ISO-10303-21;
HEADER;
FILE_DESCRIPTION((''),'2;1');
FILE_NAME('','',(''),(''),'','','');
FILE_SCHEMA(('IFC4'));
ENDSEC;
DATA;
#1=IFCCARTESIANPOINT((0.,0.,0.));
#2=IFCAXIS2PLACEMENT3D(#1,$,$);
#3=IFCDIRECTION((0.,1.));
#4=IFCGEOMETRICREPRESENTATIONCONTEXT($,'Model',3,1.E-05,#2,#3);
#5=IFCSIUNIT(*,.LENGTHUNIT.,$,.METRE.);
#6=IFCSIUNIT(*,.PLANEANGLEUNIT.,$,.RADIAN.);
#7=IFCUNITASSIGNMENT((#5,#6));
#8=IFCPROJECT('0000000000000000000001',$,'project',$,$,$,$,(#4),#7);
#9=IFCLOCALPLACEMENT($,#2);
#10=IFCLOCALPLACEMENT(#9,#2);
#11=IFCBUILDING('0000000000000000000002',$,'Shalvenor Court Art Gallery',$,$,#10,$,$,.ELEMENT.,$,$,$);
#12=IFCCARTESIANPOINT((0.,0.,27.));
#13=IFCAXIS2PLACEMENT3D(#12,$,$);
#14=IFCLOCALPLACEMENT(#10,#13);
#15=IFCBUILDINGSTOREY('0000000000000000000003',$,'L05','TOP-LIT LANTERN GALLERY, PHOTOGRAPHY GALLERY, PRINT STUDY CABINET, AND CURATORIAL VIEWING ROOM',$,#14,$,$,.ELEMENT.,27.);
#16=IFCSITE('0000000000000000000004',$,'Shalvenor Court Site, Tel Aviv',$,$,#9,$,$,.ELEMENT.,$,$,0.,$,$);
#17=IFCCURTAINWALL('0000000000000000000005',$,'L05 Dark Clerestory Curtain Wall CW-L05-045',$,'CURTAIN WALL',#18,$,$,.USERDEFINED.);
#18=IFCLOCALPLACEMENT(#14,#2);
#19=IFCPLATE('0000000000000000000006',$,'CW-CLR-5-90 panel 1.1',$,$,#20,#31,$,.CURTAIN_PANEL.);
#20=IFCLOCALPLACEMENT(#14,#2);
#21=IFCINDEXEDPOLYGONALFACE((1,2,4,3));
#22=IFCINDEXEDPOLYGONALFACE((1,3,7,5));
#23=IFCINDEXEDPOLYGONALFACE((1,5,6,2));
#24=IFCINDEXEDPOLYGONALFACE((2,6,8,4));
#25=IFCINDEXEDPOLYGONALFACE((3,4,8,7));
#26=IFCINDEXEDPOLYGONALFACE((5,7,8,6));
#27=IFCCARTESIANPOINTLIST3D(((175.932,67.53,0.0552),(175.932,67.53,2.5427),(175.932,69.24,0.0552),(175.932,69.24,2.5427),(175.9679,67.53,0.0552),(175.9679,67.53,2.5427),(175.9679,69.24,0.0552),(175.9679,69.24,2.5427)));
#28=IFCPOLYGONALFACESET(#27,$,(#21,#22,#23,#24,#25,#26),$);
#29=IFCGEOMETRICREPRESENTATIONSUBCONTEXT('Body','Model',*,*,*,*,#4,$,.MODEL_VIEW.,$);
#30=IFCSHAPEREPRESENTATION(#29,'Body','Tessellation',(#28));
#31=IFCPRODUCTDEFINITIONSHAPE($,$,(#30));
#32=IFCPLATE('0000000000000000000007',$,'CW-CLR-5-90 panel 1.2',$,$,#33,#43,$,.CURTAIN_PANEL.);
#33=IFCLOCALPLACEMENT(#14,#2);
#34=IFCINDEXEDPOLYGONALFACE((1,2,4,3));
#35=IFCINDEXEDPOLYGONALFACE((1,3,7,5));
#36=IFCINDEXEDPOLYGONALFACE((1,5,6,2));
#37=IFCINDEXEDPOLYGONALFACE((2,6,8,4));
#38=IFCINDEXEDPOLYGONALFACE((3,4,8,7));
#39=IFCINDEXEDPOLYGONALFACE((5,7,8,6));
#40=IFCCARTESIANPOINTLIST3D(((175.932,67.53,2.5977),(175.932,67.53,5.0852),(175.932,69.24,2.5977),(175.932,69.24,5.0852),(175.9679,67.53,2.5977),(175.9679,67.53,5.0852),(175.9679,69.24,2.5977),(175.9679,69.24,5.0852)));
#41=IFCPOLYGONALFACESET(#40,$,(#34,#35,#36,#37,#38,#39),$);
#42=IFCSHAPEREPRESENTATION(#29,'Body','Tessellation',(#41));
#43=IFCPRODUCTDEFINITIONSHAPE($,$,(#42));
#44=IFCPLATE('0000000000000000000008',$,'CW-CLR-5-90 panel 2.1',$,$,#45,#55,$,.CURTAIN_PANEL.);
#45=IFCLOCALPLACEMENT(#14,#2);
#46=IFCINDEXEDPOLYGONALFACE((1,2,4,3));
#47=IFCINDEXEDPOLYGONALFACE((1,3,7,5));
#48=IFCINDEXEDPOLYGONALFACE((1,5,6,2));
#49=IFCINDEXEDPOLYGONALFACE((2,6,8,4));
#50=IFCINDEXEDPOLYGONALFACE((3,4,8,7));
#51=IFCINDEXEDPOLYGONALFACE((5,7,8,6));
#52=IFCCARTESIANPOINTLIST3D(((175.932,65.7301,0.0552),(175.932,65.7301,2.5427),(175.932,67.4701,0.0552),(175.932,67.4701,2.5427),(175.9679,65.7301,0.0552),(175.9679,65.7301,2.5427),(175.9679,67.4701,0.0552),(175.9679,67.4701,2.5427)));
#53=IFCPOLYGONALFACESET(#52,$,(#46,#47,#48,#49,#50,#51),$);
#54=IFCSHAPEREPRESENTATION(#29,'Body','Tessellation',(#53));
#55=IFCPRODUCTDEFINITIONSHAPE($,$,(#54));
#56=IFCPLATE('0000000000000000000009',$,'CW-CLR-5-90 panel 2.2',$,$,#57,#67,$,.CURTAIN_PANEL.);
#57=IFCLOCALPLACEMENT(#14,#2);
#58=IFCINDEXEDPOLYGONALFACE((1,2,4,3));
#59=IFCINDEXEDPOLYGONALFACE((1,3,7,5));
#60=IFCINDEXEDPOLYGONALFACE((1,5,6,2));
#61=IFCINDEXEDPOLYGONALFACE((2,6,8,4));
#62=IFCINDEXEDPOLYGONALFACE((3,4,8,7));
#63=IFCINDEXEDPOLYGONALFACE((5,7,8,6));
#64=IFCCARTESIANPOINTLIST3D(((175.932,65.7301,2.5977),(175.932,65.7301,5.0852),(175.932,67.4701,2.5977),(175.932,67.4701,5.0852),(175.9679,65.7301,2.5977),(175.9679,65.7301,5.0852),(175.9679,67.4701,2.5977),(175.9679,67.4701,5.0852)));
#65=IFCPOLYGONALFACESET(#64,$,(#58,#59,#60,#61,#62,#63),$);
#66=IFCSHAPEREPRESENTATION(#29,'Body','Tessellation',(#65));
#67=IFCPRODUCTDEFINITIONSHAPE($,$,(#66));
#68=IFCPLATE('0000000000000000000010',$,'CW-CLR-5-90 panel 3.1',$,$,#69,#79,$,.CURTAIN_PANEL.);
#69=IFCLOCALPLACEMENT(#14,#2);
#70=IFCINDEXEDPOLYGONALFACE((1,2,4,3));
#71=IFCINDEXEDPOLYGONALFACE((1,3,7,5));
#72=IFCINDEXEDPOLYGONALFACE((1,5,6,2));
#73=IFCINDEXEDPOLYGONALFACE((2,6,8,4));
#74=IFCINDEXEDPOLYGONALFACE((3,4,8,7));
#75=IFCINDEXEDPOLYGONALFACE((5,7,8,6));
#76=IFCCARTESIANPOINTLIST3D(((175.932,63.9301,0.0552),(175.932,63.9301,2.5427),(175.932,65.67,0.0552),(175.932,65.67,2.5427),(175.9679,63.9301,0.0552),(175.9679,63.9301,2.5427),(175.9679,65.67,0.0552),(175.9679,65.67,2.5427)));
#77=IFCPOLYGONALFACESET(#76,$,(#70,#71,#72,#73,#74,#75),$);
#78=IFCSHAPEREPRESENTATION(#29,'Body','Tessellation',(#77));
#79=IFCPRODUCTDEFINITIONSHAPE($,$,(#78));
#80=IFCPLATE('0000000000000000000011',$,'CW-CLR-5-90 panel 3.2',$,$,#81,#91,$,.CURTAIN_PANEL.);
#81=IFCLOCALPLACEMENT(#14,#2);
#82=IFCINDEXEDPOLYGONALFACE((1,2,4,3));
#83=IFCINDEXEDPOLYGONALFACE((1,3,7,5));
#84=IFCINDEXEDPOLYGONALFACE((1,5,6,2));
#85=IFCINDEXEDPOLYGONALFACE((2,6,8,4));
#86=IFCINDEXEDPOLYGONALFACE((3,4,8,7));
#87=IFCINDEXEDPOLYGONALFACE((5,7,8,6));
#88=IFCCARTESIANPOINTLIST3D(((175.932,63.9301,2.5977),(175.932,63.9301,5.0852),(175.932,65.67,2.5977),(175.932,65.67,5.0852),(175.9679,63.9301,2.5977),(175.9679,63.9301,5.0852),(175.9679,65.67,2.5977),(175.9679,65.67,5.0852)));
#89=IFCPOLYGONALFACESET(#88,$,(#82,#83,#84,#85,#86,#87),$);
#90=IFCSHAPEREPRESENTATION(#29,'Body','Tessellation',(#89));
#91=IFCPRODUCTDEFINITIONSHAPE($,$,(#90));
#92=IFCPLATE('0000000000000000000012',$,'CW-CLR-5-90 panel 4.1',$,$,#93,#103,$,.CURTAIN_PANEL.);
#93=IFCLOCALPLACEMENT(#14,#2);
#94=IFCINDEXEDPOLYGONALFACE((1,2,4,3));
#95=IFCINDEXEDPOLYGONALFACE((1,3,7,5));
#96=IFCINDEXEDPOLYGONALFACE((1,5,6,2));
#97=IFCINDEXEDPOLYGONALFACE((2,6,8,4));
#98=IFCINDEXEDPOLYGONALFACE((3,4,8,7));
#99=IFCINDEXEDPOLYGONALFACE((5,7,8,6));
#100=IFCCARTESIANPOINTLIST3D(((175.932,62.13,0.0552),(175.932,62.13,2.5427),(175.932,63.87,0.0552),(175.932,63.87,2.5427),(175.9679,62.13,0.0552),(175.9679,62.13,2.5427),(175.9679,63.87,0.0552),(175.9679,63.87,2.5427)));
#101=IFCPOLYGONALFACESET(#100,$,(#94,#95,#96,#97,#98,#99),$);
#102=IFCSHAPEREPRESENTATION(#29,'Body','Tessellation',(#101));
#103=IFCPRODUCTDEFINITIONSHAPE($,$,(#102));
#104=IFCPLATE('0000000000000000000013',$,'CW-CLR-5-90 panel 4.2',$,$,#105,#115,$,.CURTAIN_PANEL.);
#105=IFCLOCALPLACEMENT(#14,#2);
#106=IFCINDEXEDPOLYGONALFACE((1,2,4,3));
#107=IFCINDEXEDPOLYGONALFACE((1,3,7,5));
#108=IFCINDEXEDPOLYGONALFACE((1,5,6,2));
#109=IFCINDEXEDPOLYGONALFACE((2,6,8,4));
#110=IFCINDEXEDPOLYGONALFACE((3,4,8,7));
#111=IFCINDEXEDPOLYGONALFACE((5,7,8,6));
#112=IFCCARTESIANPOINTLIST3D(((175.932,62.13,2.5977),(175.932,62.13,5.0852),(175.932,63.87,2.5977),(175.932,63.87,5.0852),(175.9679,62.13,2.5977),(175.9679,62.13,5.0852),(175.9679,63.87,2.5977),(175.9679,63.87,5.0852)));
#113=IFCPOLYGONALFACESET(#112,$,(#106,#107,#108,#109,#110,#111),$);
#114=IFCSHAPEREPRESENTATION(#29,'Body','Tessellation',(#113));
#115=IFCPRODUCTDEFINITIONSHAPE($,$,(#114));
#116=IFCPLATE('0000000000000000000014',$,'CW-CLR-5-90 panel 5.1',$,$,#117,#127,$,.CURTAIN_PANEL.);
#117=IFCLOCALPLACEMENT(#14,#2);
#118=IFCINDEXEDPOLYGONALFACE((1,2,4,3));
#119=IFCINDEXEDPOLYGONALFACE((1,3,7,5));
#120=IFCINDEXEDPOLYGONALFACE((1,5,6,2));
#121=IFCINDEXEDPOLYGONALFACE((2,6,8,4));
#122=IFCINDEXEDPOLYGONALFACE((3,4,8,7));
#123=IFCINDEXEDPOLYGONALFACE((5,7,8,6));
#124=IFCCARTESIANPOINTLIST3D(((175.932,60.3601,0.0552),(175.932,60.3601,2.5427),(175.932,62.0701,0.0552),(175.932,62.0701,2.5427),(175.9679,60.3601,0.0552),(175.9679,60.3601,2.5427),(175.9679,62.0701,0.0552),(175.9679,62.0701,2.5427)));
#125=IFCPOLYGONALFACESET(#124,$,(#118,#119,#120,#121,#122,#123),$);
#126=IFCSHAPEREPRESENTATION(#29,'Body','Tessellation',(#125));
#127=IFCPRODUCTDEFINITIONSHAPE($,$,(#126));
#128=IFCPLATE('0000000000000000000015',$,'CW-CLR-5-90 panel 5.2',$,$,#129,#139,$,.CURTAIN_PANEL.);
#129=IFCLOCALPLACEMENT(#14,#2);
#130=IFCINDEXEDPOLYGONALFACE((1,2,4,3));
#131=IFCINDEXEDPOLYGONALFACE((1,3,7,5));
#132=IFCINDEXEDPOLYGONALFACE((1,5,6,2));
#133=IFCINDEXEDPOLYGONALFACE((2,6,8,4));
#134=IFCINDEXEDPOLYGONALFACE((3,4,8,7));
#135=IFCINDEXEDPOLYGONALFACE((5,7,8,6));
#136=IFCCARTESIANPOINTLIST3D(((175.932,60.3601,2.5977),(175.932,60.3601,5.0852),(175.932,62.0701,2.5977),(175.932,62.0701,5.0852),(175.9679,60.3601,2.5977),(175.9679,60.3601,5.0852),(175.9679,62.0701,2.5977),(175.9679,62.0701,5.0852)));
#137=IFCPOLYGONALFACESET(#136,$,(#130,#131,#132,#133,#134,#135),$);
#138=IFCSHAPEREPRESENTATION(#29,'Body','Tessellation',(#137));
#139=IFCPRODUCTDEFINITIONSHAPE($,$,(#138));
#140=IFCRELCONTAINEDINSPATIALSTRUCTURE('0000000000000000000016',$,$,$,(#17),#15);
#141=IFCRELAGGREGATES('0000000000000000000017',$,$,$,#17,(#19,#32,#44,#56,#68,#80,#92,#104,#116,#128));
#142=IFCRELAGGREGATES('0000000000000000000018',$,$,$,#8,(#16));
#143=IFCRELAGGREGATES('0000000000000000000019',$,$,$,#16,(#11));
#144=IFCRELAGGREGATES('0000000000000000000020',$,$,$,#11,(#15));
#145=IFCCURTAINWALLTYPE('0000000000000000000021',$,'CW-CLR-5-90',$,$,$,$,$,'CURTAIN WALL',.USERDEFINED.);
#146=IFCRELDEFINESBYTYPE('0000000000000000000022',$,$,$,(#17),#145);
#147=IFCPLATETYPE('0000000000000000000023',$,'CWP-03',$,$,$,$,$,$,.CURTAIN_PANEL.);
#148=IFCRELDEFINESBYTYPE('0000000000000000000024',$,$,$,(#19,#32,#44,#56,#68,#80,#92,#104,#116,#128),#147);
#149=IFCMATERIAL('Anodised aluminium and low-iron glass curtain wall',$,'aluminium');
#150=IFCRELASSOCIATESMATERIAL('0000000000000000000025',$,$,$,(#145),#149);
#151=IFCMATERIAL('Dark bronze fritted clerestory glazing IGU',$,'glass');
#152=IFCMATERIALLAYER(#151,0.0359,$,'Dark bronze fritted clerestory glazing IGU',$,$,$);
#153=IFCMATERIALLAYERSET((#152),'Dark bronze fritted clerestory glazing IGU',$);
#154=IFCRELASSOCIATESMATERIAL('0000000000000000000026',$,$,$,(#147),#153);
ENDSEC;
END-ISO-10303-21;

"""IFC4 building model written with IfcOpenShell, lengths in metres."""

from ifc_helpers import new_model, si_unit, direction, frame, origin, origin_2d, place, context, subcontext, project, spatial, rectangle, extrude, material, layer, layer_set, type_object, element, aggregate, save


model = new_model("IFC4")

# Units and contexts
model_context = context("Model", 3, precision=1e-05, world=origin(), true_north=direction((0.0, 1.0)))
body_context = subcontext(model_context, "Body", "Model", "MODEL_VIEW")
ifc_project = project(units=[si_unit("LENGTHUNIT", "METRE"), si_unit("PLANEANGLEUNIT", "RADIAN")], contexts=[model_context])

# Site, building, storey
site_placement = place(None, origin())
site = spatial("IfcSite", under=ifc_project, at=site_placement, Name="Shalvenor Court Site, Tel Aviv", CompositionType="ELEMENT", RefElevation=0.0)
building_placement = place(site_placement, origin())
building = spatial("IfcBuilding", under=site, at=building_placement, Name="Shalvenor Court Art Gallery", CompositionType="ELEMENT")
storey_placement = place(building_placement, frame((0.0, 0.0, 27.0)))
storey = spatial("IfcBuildingStorey", under=building, at=storey_placement, Name="L05", Description="TOP-LIT LANTERN GALLERY, PHOTOGRAPHY GALLERY, PRINT STUDY CABINET, AND CURATORIAL VIEWING ROOM", CompositionType="ELEMENT", Elevation=27.0)

# Shared definitions
ifc_material_1 = material(Name="Anodised aluminium and low-iron glass curtain wall", Category="aluminium")
curtain_wall_type = type_object("IfcCurtainWallType", Name="CW-CLR-5-90", ElementType="CURTAIN WALL", PredefinedType="USERDEFINED", material=ifc_material_1)

# Curtain wall, plates
curtain_wall_1_placement = place(storey_placement, origin())
curtain_wall_1 = element("IfcCurtainWall", 1, at=curtain_wall_1_placement, inside=storey, type_object=curtain_wall_type, Name="L05 Dark Clerestory Curtain Wall CW-L05-045", ObjectType="CURTAIN WALL", PredefinedType="USERDEFINED")
ifc_material_2 = material(Name="Dark bronze fritted clerestory glazing IGU", Category="glass")
ifc_layer = layer(ifc_material_2, 0.0359, Name="Dark bronze fritted clerestory glazing IGU")
ifc_layer_set = layer_set([ifc_layer], Name="Dark bronze fritted clerestory glazing IGU")
plate_type = type_object("IfcPlateType", Name="CWP-03", PredefinedType="CURTAIN_PANEL", material=ifc_layer_set)
plate_1_placement = place(storey_placement, frame((175.95, 68.385, 0.0552), z_axis=(0.0, 0.0, 1.0), x_axis=(0.0, -1.0, 0.0)))
plate_1 = element("IfcPlate", 2, at=plate_1_placement, type_object=plate_type, Name="CW-CLR-5-90 panel 1.1", PredefinedType="CURTAIN_PANEL", context=body_context, shape_type="SweptSolid", body=[
    extrude(rectangle(XDim=1.71, YDim=0.0359, at=origin_2d()), origin(), (0.0, 0.0, 1.0), 2.4875),
])
plate_2_placement = place(storey_placement, frame((175.95, 68.385, 2.5977), z_axis=(0.0, 0.0, 1.0), x_axis=(0.0, -1.0, 0.0)))
plate_2 = element("IfcPlate", 3, at=plate_2_placement, type_object=plate_type, Name="CW-CLR-5-90 panel 1.2", PredefinedType="CURTAIN_PANEL", context=body_context, shape_type="SweptSolid", body=[
    extrude(rectangle(XDim=1.71, YDim=0.0359, at=origin_2d()), origin(), (0.0, 0.0, 1.0), 2.4875),
])
plate_3_placement = place(storey_placement, frame((175.95, 66.6001, 0.0552), z_axis=(0.0, 0.0, 1.0), x_axis=(0.0, -1.0, 0.0)))
plate_3 = element("IfcPlate", 4, at=plate_3_placement, type_object=plate_type, Name="CW-CLR-5-90 panel 2.1", PredefinedType="CURTAIN_PANEL", context=body_context, shape_type="SweptSolid", body=[
    extrude(rectangle(XDim=1.74, YDim=0.0359, at=origin_2d()), origin(), (0.0, 0.0, 1.0), 2.4875),
])
plate_4_placement = place(storey_placement, frame((175.95, 66.6001, 2.5977), z_axis=(0.0, 0.0, 1.0), x_axis=(0.0, -1.0, 0.0)))
plate_4 = element("IfcPlate", 5, at=plate_4_placement, type_object=plate_type, Name="CW-CLR-5-90 panel 2.2", PredefinedType="CURTAIN_PANEL", context=body_context, shape_type="SweptSolid", body=[
    extrude(rectangle(XDim=1.74, YDim=0.0359, at=origin_2d()), origin(), (0.0, 0.0, 1.0), 2.4875),
])
plate_5_placement = place(storey_placement, frame((175.95, 64.8, 0.0552), z_axis=(0.0, 0.0, 1.0), x_axis=(0.0, -1.0, 0.0)))
plate_5 = element("IfcPlate", 6, at=plate_5_placement, type_object=plate_type, Name="CW-CLR-5-90 panel 3.1", PredefinedType="CURTAIN_PANEL", context=body_context, shape_type="SweptSolid", body=[
    extrude(rectangle(XDim=1.74, YDim=0.0359, at=origin_2d()), origin(), (0.0, 0.0, 1.0), 2.4875),
])
plate_6_placement = place(storey_placement, frame((175.95, 64.8, 2.5977), z_axis=(0.0, 0.0, 1.0), x_axis=(0.0, -1.0, 0.0)))
plate_6 = element("IfcPlate", 7, at=plate_6_placement, type_object=plate_type, Name="CW-CLR-5-90 panel 3.2", PredefinedType="CURTAIN_PANEL", context=body_context, shape_type="SweptSolid", body=[
    extrude(rectangle(XDim=1.74, YDim=0.0359, at=origin_2d()), origin(), (0.0, 0.0, 1.0), 2.4875),
])
plate_7_placement = place(storey_placement, frame((175.95, 63.0, 0.0552), z_axis=(0.0, 0.0, 1.0), x_axis=(0.0, -1.0, 0.0)))
plate_7 = element("IfcPlate", 8, at=plate_7_placement, type_object=plate_type, Name="CW-CLR-5-90 panel 4.1", PredefinedType="CURTAIN_PANEL", context=body_context, shape_type="SweptSolid", body=[
    extrude(rectangle(XDim=1.74, YDim=0.0359, at=origin_2d()), origin(), (0.0, 0.0, 1.0), 2.4875),
])
plate_8_placement = place(storey_placement, frame((175.95, 63.0, 2.5977), z_axis=(0.0, 0.0, 1.0), x_axis=(0.0, -1.0, 0.0)))
plate_8 = element("IfcPlate", 9, at=plate_8_placement, type_object=plate_type, Name="CW-CLR-5-90 panel 4.2", PredefinedType="CURTAIN_PANEL", context=body_context, shape_type="SweptSolid", body=[
    extrude(rectangle(XDim=1.74, YDim=0.0359, at=origin_2d()), origin(), (0.0, 0.0, 1.0), 2.4875),
])
plate_9_placement = place(storey_placement, frame((175.95, 61.2151, 0.0552), z_axis=(0.0, 0.0, 1.0), x_axis=(0.0, -1.0, 0.0)))
plate_9 = element("IfcPlate", 10, at=plate_9_placement, type_object=plate_type, Name="CW-CLR-5-90 panel 5.1", PredefinedType="CURTAIN_PANEL", context=body_context, shape_type="SweptSolid", body=[
    extrude(rectangle(XDim=1.71, YDim=0.0359, at=origin_2d()), origin(), (0.0, 0.0, 1.0), 2.4875),
])
plate_10_placement = place(storey_placement, frame((175.95, 61.2151, 2.5977), z_axis=(0.0, 0.0, 1.0), x_axis=(0.0, -1.0, 0.0)))
plate_10 = element("IfcPlate", 11, at=plate_10_placement, type_object=plate_type, Name="CW-CLR-5-90 panel 5.2", PredefinedType="CURTAIN_PANEL", context=body_context, shape_type="SweptSolid", body=[
    extrude(rectangle(XDim=1.71, YDim=0.0359, at=origin_2d()), origin(), (0.0, 0.0, 1.0), 2.4875),
])
aggregate(curtain_wall_1, [plate_1, plate_2, plate_3, plate_4, plate_5, plate_6, plate_7, plate_8, plate_9, plate_10])

save(model, "model.ifc")
